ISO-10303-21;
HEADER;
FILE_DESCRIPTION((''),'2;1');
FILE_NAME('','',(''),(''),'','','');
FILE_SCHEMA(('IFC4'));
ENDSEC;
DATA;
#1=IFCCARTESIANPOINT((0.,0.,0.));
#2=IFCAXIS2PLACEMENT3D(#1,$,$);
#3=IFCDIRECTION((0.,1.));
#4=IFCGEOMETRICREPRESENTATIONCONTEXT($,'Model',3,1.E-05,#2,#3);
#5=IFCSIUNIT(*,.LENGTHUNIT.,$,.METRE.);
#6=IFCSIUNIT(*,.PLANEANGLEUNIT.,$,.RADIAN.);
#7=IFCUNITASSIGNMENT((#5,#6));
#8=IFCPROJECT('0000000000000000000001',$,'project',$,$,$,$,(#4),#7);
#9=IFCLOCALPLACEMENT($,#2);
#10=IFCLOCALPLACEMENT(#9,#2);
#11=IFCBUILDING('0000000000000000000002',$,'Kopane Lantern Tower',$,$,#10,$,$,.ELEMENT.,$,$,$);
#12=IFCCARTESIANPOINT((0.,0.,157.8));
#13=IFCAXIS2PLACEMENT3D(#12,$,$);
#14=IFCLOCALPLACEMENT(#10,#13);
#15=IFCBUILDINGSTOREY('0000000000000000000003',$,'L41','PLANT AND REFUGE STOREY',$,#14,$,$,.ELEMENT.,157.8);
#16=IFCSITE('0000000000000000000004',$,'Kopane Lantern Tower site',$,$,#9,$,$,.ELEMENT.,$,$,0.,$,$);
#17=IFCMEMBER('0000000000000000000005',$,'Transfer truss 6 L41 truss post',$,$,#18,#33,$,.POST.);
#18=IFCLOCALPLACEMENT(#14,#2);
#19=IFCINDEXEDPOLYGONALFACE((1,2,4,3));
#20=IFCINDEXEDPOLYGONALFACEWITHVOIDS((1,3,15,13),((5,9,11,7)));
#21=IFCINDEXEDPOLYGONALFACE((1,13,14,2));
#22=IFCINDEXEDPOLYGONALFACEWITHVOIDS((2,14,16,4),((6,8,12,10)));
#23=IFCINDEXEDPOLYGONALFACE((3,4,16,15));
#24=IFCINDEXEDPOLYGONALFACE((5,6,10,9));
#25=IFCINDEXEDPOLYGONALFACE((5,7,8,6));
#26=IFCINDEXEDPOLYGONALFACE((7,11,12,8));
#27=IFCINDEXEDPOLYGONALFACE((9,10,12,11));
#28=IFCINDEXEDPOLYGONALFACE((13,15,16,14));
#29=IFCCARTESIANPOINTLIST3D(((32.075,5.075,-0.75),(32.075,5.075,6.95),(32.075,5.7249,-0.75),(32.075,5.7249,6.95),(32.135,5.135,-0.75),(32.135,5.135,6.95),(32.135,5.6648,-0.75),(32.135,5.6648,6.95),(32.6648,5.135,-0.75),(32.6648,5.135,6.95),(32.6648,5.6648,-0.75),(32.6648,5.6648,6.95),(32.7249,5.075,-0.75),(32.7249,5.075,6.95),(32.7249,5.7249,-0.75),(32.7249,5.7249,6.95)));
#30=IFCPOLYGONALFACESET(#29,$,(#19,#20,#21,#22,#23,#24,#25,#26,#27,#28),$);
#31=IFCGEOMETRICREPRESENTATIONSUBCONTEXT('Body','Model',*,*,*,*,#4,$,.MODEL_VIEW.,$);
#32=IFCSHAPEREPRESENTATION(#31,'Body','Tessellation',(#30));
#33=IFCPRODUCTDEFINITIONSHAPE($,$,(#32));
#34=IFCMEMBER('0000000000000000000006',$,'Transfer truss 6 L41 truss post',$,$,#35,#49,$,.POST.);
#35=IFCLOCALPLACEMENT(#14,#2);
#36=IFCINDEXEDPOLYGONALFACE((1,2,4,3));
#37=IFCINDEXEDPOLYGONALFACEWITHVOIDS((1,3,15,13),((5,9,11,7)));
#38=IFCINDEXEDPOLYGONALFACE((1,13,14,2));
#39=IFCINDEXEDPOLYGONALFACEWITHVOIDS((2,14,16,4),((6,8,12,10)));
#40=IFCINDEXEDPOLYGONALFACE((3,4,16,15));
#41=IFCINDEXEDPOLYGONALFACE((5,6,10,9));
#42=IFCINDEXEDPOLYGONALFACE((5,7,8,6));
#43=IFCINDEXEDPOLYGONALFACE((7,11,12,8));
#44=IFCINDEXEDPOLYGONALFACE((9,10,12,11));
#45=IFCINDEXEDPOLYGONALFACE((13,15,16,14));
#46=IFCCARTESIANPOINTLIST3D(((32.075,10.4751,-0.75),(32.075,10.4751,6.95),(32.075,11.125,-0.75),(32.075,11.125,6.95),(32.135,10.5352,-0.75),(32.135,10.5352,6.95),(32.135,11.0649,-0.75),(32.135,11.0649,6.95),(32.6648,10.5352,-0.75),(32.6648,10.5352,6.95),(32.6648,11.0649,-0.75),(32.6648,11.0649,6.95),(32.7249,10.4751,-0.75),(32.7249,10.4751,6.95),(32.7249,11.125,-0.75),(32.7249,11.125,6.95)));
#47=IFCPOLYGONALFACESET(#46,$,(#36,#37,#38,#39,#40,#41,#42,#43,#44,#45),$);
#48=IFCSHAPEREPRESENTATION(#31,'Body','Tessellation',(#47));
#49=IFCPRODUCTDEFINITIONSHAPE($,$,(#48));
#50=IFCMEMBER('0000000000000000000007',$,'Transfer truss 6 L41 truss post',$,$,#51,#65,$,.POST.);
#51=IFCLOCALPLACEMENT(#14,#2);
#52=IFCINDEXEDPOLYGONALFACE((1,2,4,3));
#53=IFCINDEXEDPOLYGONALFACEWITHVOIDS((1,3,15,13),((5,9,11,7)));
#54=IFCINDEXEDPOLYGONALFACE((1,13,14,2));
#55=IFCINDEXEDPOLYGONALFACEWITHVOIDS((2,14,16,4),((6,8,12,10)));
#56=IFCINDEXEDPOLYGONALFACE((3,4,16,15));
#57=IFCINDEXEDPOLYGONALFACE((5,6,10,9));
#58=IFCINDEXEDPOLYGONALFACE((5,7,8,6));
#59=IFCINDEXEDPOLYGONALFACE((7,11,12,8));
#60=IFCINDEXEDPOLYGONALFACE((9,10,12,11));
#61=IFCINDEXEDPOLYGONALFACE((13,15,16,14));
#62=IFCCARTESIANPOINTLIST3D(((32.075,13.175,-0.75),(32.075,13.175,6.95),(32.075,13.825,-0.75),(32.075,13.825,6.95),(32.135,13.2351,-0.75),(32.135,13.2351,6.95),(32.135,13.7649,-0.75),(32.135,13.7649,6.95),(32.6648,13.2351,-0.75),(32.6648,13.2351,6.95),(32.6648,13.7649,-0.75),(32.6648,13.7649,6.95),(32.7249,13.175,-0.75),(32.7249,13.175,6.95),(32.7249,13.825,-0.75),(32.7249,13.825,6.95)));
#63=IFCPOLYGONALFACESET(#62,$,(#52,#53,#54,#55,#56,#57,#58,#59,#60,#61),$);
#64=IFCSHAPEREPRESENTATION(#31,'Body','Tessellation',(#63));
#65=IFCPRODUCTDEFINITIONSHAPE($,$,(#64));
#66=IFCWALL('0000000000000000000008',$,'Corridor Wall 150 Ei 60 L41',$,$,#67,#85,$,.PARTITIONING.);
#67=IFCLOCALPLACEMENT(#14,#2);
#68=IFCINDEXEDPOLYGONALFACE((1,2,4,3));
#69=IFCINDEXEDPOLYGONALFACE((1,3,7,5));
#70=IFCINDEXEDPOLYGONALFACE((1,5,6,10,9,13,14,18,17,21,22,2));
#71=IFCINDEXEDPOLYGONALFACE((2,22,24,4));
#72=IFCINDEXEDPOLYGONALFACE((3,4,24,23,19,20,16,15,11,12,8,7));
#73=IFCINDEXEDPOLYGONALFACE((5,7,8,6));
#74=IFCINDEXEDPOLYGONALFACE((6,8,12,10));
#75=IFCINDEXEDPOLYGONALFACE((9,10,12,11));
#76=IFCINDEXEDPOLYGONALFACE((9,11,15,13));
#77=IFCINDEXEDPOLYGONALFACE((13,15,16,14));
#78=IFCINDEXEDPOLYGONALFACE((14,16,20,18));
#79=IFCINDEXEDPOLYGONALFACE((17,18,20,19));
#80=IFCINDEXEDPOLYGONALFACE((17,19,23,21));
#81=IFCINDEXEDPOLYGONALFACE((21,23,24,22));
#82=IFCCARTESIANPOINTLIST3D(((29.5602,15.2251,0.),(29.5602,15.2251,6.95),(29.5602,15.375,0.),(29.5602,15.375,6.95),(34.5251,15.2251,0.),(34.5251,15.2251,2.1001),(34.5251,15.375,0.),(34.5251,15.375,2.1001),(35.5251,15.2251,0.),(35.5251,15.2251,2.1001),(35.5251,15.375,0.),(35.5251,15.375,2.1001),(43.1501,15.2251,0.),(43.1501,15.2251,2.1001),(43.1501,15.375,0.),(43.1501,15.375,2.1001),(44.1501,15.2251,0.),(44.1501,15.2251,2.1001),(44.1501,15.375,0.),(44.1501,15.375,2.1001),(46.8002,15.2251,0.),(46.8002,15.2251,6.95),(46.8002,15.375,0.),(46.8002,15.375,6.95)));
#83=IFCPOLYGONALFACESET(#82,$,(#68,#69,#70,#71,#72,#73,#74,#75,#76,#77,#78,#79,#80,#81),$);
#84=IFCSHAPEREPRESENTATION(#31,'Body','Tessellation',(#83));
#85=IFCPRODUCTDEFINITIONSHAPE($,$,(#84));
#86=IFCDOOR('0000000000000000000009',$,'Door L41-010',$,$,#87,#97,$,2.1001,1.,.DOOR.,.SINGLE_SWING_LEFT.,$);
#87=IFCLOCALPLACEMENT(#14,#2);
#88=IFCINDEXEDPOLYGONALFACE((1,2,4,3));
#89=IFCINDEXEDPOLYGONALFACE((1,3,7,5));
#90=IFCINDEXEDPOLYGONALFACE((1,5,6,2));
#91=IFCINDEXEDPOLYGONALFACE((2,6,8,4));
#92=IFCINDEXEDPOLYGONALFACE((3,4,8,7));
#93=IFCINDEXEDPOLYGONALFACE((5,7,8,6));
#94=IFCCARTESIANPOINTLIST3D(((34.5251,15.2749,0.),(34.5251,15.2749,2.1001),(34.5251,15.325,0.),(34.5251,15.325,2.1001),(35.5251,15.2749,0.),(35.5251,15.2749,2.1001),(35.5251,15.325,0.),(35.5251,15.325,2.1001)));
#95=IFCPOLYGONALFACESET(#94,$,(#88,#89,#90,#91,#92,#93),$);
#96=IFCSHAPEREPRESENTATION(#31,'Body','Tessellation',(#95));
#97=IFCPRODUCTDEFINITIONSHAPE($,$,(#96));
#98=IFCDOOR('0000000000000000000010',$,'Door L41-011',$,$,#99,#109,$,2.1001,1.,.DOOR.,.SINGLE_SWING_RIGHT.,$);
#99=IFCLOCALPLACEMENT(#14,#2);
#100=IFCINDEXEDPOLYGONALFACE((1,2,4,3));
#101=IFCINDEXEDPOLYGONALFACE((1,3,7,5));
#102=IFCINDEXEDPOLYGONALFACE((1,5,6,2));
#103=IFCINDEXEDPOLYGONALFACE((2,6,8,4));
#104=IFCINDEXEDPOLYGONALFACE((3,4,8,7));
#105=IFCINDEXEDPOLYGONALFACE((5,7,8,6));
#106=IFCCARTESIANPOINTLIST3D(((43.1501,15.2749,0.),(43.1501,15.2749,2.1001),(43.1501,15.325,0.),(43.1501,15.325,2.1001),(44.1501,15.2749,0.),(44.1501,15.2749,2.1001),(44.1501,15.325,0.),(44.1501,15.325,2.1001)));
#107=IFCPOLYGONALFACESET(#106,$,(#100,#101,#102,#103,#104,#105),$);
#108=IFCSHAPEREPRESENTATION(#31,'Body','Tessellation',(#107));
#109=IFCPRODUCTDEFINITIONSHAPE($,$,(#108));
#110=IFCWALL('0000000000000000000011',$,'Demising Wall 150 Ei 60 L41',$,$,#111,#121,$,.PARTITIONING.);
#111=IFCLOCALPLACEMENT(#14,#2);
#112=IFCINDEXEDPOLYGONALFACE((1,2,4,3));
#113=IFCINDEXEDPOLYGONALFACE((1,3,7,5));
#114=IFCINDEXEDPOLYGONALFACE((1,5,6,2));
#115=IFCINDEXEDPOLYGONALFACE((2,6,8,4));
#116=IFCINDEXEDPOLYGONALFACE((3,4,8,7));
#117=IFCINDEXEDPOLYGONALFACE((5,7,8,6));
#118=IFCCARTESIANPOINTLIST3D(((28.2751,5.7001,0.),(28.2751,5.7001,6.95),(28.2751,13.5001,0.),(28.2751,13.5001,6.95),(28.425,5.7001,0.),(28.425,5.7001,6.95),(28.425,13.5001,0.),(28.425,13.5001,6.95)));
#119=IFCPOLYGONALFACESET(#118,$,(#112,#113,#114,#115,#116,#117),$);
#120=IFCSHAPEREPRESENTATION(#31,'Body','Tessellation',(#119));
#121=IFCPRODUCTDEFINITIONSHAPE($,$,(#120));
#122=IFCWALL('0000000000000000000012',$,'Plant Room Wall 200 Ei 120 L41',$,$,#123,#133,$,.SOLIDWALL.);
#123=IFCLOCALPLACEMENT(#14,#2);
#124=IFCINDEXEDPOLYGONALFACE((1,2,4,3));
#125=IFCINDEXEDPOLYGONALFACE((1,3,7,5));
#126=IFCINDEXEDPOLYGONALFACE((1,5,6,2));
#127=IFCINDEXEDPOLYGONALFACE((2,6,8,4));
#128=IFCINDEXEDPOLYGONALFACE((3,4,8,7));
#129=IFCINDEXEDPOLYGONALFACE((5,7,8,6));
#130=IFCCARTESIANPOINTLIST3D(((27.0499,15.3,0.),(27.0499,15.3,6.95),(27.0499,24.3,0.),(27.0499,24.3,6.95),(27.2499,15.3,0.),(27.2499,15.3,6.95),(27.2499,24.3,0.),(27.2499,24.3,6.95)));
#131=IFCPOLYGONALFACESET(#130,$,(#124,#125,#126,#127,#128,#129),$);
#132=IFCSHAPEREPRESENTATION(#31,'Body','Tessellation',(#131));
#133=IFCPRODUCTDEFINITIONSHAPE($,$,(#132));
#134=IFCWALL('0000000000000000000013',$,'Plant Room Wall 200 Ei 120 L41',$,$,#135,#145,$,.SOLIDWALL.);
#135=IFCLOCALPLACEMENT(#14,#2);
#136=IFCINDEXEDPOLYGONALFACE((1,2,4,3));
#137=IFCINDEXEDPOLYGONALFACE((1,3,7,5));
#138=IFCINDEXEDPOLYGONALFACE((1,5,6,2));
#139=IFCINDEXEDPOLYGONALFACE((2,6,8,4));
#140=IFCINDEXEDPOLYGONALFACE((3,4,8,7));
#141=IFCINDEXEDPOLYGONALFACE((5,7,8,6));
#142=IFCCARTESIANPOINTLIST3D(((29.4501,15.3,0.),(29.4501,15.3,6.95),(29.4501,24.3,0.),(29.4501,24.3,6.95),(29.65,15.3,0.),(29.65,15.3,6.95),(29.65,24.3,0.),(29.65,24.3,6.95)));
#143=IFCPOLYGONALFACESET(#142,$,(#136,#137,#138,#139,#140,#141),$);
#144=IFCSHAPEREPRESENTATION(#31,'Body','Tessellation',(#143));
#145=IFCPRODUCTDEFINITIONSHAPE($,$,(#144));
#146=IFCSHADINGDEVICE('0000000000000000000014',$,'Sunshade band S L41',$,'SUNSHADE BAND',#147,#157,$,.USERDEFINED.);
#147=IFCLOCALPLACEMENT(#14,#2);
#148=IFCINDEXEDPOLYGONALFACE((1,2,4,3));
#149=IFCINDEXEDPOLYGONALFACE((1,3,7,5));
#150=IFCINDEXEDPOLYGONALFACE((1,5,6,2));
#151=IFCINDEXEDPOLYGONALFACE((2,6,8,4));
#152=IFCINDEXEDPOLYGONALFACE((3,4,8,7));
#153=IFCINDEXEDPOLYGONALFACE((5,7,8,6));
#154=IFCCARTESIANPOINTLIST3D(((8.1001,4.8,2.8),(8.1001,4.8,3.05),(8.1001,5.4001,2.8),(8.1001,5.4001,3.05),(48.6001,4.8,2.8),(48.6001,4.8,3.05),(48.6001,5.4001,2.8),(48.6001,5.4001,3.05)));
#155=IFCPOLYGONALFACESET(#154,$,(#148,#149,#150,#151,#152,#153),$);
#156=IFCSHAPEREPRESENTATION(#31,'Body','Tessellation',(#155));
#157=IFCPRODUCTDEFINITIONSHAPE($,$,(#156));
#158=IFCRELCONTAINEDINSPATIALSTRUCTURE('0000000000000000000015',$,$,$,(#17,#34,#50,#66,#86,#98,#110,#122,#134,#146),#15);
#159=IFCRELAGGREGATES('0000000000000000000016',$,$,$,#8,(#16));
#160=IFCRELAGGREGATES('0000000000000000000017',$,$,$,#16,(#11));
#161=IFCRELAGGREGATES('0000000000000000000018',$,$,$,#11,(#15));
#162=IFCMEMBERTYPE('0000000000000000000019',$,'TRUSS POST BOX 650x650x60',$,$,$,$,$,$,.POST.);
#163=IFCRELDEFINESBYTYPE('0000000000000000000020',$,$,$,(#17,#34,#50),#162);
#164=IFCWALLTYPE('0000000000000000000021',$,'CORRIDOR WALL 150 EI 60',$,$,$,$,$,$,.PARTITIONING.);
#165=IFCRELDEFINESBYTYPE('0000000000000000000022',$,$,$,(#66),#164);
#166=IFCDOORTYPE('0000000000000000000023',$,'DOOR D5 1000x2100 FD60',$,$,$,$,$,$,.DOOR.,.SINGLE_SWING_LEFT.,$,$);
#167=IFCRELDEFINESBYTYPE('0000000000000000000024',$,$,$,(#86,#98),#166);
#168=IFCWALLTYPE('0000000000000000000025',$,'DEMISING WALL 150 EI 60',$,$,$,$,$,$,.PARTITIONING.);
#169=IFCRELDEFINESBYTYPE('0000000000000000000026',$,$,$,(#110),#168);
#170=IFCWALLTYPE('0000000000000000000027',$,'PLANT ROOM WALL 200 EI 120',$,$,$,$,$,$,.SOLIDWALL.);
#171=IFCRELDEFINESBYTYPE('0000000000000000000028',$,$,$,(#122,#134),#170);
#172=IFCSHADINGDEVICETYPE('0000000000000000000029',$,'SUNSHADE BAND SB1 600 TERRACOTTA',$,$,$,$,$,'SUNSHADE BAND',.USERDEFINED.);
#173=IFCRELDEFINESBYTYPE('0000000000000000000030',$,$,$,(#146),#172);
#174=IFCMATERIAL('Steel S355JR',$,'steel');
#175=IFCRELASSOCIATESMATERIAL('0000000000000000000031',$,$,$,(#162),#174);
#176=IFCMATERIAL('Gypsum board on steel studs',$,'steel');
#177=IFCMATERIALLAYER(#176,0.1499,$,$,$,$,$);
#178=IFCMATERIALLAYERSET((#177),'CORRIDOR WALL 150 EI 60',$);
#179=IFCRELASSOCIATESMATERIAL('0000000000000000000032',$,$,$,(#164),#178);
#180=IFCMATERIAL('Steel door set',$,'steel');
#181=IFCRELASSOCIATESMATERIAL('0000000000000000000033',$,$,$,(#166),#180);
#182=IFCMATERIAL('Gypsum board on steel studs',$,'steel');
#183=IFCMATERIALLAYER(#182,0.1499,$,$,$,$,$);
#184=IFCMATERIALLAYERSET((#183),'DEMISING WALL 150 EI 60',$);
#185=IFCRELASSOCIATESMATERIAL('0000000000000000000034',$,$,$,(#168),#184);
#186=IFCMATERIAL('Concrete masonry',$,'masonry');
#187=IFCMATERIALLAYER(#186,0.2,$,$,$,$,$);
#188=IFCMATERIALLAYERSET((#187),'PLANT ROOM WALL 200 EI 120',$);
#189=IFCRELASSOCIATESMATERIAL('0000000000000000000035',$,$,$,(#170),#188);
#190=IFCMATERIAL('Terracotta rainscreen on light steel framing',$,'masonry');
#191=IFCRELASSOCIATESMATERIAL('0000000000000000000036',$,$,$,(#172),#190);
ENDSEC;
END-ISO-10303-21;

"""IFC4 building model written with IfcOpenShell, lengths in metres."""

from ifc_helpers import new_model, si_unit, direction, frame, frame_2d, origin, origin_2d, place, context, subcontext, project, spatial, rectangle, hollow_rectangle, extrude, material, layer, layer_set, material_profile, profile_set, type_object, element, fill, save


model = new_model("IFC4")

# Units and contexts
model_context = context("Model", 3, precision=1e-05, world=origin(), true_north=direction((0.0, 1.0)))
body_context = subcontext(model_context, "Body", "Model", "MODEL_VIEW")
ifc_project = project(units=[si_unit("LENGTHUNIT", "METRE"), si_unit("PLANEANGLEUNIT", "RADIAN")], contexts=[model_context])

# Site, building, storey
site_placement = place(None, origin())
site = spatial("IfcSite", under=ifc_project, at=site_placement, Name="Kopane Lantern Tower site", CompositionType="ELEMENT", RefElevation=0.0)
building_placement = place(site_placement, origin())
building = spatial("IfcBuilding", under=site, at=building_placement, Name="Kopane Lantern Tower", CompositionType="ELEMENT")
storey_placement = place(building_placement, frame((0.0, 0.0, 157.8)))
storey = spatial("IfcBuildingStorey", under=building, at=storey_placement, Name="L41", Description="PLANT AND REFUGE STOREY", CompositionType="ELEMENT", Elevation=157.8)

# Members
ifc_material_1 = material(Name="Steel S355JR", Category="steel")
ifc_material_profile_1 = material_profile(ifc_material_1, hollow_rectangle(XDim=0.6499, YDim=0.6499, WallThickness=0.0601, at=origin_2d()), Name="BOX 650x650x60")
ifc_profile_set_1 = profile_set([ifc_material_profile_1], Name="Steel S355JR")
member_type_1 = type_object("IfcMemberType", Name="TRUSS POST BOX 650x650x60", PredefinedType="POST", material=ifc_profile_set_1)
for number, where, z_axis, x_axis, name in (
    (1, (32.3999, 5.3999, -0.75), (0.0, 0.0, 1.0), (1.0, 0.0, 0.0), "Transfer truss 6 L41 truss post"),
    (2, (32.3999, 10.8, -0.75), (0.0, 0.0, 1.0), (1.0, 0.0, 0.0), "Transfer truss 6 L41 truss post"),
    (3, (32.3999, 13.5, -0.75), (0.0, 0.0, 1.0), (1.0, 0.0, 0.0), "Transfer truss 6 L41 truss post"),
):
    element("IfcMember", number, at=place(storey_placement, frame(where, z_axis=z_axis, x_axis=x_axis)), inside=storey, type_object=member_type_1, Name=name, PredefinedType="POST", context=body_context, shape_type="SweptSolid", body=[
        extrude(hollow_rectangle(XDim=0.6499, YDim=0.6499, WallThickness=0.0601, at=origin_2d()), origin(), (0.0, 0.0, 1.0), 7.7),
    ])

# Wall, openings, doors
ifc_material_2 = material(Name="Gypsum board on steel studs", Category="steel")
ifc_layer_1 = layer(ifc_material_2, 0.1499)
ifc_layer_set_1 = layer_set([ifc_layer_1], Name="CORRIDOR WALL 150 EI 60")
wall_type_1 = type_object("IfcWallType", Name="CORRIDOR WALL 150 EI 60", PredefinedType="PARTITIONING", material=ifc_layer_set_1)
wall_1_placement = place(storey_placement, frame((29.5601, 15.3, 0.0), z_axis=(0.0, 0.0, 1.0), x_axis=(1.0, 0.0, 0.0)))
wall_1 = element("IfcWall", 4, at=wall_1_placement, inside=storey, type_object=wall_type_1, Name="Corridor Wall 150 Ei 60 L41", PredefinedType="PARTITIONING", context=body_context, shape_type="SweptSolid", body=[
    extrude(rectangle(XDim=17.24, YDim=0.1499, at=frame_2d((8.6201, 0.0))), origin(), (0.0, 0.0, 1.0), 6.95),
])
opening_1_placement = place(wall_1_placement, frame((4.9651, 0.0, 0.0)))
opening_1 = element("IfcOpeningElement", 5, at=opening_1_placement, cuts=wall_1, PredefinedType="OPENING", context=body_context, shape_type="SweptSolid", body=[
    extrude(rectangle(XDim=1.0, YDim=2.1001, at=frame_2d((0.5, 1.05))), frame((0.0, 0.085, 0.0), z_axis=(0.0, -1.0, 0.0), x_axis=(1.0, 0.0, 0.0)), (0.0, 0.0, 1.0), 0.1699),
])
opening_2_placement = place(wall_1_placement, frame((13.5901, 0.0, 0.0)))
opening_2 = element("IfcOpeningElement", 6, at=opening_2_placement, cuts=wall_1, PredefinedType="OPENING", context=body_context, shape_type="SweptSolid", body=[
    extrude(rectangle(XDim=1.0, YDim=2.1001, at=frame_2d((0.5, 1.05))), frame((0.0, 0.085, 0.0), z_axis=(0.0, -1.0, 0.0), x_axis=(1.0, 0.0, 0.0)), (0.0, 0.0, 1.0), 0.1699),
])
ifc_material_3 = material(Name="Steel door set", Category="steel")
door_type = type_object("IfcDoorType", Name="DOOR D5 1000x2100 FD60", OperationType="SINGLE_SWING_LEFT", PredefinedType="DOOR", material=ifc_material_3)
door_1_placement = place(opening_1_placement, origin())
door_1 = element("IfcDoor", 7, at=door_1_placement, inside=storey, type_object=door_type, Name="Door L41-010", OperationType="SINGLE_SWING_LEFT", OverallHeight=2.1001, OverallWidth=1.0, PredefinedType="DOOR", context=body_context, shape_type="SweptSolid", body=[
    extrude(rectangle(XDim=1.0, YDim=2.1001, at=frame_2d((0.5, 1.05))), frame((0.0, 0.0249, 0.0), z_axis=(0.0, -1.0, 0.0), x_axis=(1.0, 0.0, 0.0)), (0.0, 0.0, 1.0), 0.05),
])
fill(opening_1, door_1)
door_2_placement = place(opening_2_placement, origin())
door_2 = element("IfcDoor", 8, at=door_2_placement, inside=storey, type_object=door_type, Name="Door L41-011", OperationType="SINGLE_SWING_RIGHT", OverallHeight=2.1001, OverallWidth=1.0, PredefinedType="DOOR", context=body_context, shape_type="SweptSolid", body=[
    extrude(rectangle(XDim=1.0, YDim=2.1001, at=frame_2d((0.5, 1.05))), frame((0.0, 0.0249, 0.0), z_axis=(0.0, -1.0, 0.0), x_axis=(1.0, 0.0, 0.0)), (0.0, 0.0, 1.0), 0.05),
])
fill(opening_2, door_2)

# Walls
ifc_material_4 = material(Name="Gypsum board on steel studs", Category="steel")
ifc_layer_2 = layer(ifc_material_4, 0.1499)
ifc_layer_set_2 = layer_set([ifc_layer_2], Name="DEMISING WALL 150 EI 60")
wall_type_2 = type_object("IfcWallType", Name="DEMISING WALL 150 EI 60", PredefinedType="PARTITIONING", material=ifc_layer_set_2)
wall_2_placement = place(storey_placement, frame((28.3501, 13.5, 0.0), z_axis=(0.0, 0.0, 1.0), x_axis=(0.0, -1.0, 0.0)))
element("IfcWall", 9, at=wall_2_placement, inside=storey, type_object=wall_type_2, Name="Demising Wall 150 Ei 60 L41", PredefinedType="PARTITIONING", context=body_context, shape_type="SweptSolid", body=[
    extrude(rectangle(XDim=7.8, YDim=0.1499, at=frame_2d((3.8999, 0.0))), origin(), (0.0, 0.0, 1.0), 6.95),
])
ifc_material_5 = material(Name="Concrete masonry", Category="masonry")
ifc_layer_3 = layer(ifc_material_5, 0.2)
ifc_layer_set_3 = layer_set([ifc_layer_3], Name="PLANT ROOM WALL 200 EI 120")
wall_type_3 = type_object("IfcWallType", Name="PLANT ROOM WALL 200 EI 120", PredefinedType="SOLIDWALL", material=ifc_layer_set_3)
for number, where, z_axis, x_axis, name in (
    (10, (27.1499, 15.3, 0.0), (0.0, 0.0, 1.0), (0.0, 1.0, 0.0), "Plant Room Wall 200 Ei 120 L41"),
    (11, (29.55, 15.3, 0.0), (0.0, 0.0, 1.0), (0.0, 1.0, 0.0), "Plant Room Wall 200 Ei 120 L41"),
):
    element("IfcWall", number, at=place(storey_placement, frame(where, z_axis=z_axis, x_axis=x_axis)), inside=storey, type_object=wall_type_3, Name=name, PredefinedType="SOLIDWALL", context=body_context, shape_type="SweptSolid", body=[
        extrude(rectangle(XDim=9.0, YDim=0.2, at=frame_2d((4.5, 0.0))), origin(), (0.0, 0.0, 1.0), 6.95),
    ])

# Shading device
ifc_material_6 = material(Name="Terracotta rainscreen on light steel framing", Category="masonry")
shading_device_type = type_object("IfcShadingDeviceType", Name="SUNSHADE BAND SB1 600 TERRACOTTA", ElementType="SUNSHADE BAND", PredefinedType="USERDEFINED", material=ifc_material_6)
shading_device_placement = place(storey_placement, frame((28.3501, 5.1001, 2.8), z_axis=(0.0, 0.0, 1.0), x_axis=(1.0, 0.0, 0.0)))
element("IfcShadingDevice", 12, at=shading_device_placement, inside=storey, type_object=shading_device_type, Name="Sunshade band S L41", ObjectType="SUNSHADE BAND", PredefinedType="USERDEFINED", context=body_context, shape_type="SweptSolid", body=[
    extrude(rectangle(XDim=40.5, YDim=0.6001, at=origin_2d()), origin(), (0.0, 0.0, 1.0), 0.25),
])

save(model, "model.ifc")
